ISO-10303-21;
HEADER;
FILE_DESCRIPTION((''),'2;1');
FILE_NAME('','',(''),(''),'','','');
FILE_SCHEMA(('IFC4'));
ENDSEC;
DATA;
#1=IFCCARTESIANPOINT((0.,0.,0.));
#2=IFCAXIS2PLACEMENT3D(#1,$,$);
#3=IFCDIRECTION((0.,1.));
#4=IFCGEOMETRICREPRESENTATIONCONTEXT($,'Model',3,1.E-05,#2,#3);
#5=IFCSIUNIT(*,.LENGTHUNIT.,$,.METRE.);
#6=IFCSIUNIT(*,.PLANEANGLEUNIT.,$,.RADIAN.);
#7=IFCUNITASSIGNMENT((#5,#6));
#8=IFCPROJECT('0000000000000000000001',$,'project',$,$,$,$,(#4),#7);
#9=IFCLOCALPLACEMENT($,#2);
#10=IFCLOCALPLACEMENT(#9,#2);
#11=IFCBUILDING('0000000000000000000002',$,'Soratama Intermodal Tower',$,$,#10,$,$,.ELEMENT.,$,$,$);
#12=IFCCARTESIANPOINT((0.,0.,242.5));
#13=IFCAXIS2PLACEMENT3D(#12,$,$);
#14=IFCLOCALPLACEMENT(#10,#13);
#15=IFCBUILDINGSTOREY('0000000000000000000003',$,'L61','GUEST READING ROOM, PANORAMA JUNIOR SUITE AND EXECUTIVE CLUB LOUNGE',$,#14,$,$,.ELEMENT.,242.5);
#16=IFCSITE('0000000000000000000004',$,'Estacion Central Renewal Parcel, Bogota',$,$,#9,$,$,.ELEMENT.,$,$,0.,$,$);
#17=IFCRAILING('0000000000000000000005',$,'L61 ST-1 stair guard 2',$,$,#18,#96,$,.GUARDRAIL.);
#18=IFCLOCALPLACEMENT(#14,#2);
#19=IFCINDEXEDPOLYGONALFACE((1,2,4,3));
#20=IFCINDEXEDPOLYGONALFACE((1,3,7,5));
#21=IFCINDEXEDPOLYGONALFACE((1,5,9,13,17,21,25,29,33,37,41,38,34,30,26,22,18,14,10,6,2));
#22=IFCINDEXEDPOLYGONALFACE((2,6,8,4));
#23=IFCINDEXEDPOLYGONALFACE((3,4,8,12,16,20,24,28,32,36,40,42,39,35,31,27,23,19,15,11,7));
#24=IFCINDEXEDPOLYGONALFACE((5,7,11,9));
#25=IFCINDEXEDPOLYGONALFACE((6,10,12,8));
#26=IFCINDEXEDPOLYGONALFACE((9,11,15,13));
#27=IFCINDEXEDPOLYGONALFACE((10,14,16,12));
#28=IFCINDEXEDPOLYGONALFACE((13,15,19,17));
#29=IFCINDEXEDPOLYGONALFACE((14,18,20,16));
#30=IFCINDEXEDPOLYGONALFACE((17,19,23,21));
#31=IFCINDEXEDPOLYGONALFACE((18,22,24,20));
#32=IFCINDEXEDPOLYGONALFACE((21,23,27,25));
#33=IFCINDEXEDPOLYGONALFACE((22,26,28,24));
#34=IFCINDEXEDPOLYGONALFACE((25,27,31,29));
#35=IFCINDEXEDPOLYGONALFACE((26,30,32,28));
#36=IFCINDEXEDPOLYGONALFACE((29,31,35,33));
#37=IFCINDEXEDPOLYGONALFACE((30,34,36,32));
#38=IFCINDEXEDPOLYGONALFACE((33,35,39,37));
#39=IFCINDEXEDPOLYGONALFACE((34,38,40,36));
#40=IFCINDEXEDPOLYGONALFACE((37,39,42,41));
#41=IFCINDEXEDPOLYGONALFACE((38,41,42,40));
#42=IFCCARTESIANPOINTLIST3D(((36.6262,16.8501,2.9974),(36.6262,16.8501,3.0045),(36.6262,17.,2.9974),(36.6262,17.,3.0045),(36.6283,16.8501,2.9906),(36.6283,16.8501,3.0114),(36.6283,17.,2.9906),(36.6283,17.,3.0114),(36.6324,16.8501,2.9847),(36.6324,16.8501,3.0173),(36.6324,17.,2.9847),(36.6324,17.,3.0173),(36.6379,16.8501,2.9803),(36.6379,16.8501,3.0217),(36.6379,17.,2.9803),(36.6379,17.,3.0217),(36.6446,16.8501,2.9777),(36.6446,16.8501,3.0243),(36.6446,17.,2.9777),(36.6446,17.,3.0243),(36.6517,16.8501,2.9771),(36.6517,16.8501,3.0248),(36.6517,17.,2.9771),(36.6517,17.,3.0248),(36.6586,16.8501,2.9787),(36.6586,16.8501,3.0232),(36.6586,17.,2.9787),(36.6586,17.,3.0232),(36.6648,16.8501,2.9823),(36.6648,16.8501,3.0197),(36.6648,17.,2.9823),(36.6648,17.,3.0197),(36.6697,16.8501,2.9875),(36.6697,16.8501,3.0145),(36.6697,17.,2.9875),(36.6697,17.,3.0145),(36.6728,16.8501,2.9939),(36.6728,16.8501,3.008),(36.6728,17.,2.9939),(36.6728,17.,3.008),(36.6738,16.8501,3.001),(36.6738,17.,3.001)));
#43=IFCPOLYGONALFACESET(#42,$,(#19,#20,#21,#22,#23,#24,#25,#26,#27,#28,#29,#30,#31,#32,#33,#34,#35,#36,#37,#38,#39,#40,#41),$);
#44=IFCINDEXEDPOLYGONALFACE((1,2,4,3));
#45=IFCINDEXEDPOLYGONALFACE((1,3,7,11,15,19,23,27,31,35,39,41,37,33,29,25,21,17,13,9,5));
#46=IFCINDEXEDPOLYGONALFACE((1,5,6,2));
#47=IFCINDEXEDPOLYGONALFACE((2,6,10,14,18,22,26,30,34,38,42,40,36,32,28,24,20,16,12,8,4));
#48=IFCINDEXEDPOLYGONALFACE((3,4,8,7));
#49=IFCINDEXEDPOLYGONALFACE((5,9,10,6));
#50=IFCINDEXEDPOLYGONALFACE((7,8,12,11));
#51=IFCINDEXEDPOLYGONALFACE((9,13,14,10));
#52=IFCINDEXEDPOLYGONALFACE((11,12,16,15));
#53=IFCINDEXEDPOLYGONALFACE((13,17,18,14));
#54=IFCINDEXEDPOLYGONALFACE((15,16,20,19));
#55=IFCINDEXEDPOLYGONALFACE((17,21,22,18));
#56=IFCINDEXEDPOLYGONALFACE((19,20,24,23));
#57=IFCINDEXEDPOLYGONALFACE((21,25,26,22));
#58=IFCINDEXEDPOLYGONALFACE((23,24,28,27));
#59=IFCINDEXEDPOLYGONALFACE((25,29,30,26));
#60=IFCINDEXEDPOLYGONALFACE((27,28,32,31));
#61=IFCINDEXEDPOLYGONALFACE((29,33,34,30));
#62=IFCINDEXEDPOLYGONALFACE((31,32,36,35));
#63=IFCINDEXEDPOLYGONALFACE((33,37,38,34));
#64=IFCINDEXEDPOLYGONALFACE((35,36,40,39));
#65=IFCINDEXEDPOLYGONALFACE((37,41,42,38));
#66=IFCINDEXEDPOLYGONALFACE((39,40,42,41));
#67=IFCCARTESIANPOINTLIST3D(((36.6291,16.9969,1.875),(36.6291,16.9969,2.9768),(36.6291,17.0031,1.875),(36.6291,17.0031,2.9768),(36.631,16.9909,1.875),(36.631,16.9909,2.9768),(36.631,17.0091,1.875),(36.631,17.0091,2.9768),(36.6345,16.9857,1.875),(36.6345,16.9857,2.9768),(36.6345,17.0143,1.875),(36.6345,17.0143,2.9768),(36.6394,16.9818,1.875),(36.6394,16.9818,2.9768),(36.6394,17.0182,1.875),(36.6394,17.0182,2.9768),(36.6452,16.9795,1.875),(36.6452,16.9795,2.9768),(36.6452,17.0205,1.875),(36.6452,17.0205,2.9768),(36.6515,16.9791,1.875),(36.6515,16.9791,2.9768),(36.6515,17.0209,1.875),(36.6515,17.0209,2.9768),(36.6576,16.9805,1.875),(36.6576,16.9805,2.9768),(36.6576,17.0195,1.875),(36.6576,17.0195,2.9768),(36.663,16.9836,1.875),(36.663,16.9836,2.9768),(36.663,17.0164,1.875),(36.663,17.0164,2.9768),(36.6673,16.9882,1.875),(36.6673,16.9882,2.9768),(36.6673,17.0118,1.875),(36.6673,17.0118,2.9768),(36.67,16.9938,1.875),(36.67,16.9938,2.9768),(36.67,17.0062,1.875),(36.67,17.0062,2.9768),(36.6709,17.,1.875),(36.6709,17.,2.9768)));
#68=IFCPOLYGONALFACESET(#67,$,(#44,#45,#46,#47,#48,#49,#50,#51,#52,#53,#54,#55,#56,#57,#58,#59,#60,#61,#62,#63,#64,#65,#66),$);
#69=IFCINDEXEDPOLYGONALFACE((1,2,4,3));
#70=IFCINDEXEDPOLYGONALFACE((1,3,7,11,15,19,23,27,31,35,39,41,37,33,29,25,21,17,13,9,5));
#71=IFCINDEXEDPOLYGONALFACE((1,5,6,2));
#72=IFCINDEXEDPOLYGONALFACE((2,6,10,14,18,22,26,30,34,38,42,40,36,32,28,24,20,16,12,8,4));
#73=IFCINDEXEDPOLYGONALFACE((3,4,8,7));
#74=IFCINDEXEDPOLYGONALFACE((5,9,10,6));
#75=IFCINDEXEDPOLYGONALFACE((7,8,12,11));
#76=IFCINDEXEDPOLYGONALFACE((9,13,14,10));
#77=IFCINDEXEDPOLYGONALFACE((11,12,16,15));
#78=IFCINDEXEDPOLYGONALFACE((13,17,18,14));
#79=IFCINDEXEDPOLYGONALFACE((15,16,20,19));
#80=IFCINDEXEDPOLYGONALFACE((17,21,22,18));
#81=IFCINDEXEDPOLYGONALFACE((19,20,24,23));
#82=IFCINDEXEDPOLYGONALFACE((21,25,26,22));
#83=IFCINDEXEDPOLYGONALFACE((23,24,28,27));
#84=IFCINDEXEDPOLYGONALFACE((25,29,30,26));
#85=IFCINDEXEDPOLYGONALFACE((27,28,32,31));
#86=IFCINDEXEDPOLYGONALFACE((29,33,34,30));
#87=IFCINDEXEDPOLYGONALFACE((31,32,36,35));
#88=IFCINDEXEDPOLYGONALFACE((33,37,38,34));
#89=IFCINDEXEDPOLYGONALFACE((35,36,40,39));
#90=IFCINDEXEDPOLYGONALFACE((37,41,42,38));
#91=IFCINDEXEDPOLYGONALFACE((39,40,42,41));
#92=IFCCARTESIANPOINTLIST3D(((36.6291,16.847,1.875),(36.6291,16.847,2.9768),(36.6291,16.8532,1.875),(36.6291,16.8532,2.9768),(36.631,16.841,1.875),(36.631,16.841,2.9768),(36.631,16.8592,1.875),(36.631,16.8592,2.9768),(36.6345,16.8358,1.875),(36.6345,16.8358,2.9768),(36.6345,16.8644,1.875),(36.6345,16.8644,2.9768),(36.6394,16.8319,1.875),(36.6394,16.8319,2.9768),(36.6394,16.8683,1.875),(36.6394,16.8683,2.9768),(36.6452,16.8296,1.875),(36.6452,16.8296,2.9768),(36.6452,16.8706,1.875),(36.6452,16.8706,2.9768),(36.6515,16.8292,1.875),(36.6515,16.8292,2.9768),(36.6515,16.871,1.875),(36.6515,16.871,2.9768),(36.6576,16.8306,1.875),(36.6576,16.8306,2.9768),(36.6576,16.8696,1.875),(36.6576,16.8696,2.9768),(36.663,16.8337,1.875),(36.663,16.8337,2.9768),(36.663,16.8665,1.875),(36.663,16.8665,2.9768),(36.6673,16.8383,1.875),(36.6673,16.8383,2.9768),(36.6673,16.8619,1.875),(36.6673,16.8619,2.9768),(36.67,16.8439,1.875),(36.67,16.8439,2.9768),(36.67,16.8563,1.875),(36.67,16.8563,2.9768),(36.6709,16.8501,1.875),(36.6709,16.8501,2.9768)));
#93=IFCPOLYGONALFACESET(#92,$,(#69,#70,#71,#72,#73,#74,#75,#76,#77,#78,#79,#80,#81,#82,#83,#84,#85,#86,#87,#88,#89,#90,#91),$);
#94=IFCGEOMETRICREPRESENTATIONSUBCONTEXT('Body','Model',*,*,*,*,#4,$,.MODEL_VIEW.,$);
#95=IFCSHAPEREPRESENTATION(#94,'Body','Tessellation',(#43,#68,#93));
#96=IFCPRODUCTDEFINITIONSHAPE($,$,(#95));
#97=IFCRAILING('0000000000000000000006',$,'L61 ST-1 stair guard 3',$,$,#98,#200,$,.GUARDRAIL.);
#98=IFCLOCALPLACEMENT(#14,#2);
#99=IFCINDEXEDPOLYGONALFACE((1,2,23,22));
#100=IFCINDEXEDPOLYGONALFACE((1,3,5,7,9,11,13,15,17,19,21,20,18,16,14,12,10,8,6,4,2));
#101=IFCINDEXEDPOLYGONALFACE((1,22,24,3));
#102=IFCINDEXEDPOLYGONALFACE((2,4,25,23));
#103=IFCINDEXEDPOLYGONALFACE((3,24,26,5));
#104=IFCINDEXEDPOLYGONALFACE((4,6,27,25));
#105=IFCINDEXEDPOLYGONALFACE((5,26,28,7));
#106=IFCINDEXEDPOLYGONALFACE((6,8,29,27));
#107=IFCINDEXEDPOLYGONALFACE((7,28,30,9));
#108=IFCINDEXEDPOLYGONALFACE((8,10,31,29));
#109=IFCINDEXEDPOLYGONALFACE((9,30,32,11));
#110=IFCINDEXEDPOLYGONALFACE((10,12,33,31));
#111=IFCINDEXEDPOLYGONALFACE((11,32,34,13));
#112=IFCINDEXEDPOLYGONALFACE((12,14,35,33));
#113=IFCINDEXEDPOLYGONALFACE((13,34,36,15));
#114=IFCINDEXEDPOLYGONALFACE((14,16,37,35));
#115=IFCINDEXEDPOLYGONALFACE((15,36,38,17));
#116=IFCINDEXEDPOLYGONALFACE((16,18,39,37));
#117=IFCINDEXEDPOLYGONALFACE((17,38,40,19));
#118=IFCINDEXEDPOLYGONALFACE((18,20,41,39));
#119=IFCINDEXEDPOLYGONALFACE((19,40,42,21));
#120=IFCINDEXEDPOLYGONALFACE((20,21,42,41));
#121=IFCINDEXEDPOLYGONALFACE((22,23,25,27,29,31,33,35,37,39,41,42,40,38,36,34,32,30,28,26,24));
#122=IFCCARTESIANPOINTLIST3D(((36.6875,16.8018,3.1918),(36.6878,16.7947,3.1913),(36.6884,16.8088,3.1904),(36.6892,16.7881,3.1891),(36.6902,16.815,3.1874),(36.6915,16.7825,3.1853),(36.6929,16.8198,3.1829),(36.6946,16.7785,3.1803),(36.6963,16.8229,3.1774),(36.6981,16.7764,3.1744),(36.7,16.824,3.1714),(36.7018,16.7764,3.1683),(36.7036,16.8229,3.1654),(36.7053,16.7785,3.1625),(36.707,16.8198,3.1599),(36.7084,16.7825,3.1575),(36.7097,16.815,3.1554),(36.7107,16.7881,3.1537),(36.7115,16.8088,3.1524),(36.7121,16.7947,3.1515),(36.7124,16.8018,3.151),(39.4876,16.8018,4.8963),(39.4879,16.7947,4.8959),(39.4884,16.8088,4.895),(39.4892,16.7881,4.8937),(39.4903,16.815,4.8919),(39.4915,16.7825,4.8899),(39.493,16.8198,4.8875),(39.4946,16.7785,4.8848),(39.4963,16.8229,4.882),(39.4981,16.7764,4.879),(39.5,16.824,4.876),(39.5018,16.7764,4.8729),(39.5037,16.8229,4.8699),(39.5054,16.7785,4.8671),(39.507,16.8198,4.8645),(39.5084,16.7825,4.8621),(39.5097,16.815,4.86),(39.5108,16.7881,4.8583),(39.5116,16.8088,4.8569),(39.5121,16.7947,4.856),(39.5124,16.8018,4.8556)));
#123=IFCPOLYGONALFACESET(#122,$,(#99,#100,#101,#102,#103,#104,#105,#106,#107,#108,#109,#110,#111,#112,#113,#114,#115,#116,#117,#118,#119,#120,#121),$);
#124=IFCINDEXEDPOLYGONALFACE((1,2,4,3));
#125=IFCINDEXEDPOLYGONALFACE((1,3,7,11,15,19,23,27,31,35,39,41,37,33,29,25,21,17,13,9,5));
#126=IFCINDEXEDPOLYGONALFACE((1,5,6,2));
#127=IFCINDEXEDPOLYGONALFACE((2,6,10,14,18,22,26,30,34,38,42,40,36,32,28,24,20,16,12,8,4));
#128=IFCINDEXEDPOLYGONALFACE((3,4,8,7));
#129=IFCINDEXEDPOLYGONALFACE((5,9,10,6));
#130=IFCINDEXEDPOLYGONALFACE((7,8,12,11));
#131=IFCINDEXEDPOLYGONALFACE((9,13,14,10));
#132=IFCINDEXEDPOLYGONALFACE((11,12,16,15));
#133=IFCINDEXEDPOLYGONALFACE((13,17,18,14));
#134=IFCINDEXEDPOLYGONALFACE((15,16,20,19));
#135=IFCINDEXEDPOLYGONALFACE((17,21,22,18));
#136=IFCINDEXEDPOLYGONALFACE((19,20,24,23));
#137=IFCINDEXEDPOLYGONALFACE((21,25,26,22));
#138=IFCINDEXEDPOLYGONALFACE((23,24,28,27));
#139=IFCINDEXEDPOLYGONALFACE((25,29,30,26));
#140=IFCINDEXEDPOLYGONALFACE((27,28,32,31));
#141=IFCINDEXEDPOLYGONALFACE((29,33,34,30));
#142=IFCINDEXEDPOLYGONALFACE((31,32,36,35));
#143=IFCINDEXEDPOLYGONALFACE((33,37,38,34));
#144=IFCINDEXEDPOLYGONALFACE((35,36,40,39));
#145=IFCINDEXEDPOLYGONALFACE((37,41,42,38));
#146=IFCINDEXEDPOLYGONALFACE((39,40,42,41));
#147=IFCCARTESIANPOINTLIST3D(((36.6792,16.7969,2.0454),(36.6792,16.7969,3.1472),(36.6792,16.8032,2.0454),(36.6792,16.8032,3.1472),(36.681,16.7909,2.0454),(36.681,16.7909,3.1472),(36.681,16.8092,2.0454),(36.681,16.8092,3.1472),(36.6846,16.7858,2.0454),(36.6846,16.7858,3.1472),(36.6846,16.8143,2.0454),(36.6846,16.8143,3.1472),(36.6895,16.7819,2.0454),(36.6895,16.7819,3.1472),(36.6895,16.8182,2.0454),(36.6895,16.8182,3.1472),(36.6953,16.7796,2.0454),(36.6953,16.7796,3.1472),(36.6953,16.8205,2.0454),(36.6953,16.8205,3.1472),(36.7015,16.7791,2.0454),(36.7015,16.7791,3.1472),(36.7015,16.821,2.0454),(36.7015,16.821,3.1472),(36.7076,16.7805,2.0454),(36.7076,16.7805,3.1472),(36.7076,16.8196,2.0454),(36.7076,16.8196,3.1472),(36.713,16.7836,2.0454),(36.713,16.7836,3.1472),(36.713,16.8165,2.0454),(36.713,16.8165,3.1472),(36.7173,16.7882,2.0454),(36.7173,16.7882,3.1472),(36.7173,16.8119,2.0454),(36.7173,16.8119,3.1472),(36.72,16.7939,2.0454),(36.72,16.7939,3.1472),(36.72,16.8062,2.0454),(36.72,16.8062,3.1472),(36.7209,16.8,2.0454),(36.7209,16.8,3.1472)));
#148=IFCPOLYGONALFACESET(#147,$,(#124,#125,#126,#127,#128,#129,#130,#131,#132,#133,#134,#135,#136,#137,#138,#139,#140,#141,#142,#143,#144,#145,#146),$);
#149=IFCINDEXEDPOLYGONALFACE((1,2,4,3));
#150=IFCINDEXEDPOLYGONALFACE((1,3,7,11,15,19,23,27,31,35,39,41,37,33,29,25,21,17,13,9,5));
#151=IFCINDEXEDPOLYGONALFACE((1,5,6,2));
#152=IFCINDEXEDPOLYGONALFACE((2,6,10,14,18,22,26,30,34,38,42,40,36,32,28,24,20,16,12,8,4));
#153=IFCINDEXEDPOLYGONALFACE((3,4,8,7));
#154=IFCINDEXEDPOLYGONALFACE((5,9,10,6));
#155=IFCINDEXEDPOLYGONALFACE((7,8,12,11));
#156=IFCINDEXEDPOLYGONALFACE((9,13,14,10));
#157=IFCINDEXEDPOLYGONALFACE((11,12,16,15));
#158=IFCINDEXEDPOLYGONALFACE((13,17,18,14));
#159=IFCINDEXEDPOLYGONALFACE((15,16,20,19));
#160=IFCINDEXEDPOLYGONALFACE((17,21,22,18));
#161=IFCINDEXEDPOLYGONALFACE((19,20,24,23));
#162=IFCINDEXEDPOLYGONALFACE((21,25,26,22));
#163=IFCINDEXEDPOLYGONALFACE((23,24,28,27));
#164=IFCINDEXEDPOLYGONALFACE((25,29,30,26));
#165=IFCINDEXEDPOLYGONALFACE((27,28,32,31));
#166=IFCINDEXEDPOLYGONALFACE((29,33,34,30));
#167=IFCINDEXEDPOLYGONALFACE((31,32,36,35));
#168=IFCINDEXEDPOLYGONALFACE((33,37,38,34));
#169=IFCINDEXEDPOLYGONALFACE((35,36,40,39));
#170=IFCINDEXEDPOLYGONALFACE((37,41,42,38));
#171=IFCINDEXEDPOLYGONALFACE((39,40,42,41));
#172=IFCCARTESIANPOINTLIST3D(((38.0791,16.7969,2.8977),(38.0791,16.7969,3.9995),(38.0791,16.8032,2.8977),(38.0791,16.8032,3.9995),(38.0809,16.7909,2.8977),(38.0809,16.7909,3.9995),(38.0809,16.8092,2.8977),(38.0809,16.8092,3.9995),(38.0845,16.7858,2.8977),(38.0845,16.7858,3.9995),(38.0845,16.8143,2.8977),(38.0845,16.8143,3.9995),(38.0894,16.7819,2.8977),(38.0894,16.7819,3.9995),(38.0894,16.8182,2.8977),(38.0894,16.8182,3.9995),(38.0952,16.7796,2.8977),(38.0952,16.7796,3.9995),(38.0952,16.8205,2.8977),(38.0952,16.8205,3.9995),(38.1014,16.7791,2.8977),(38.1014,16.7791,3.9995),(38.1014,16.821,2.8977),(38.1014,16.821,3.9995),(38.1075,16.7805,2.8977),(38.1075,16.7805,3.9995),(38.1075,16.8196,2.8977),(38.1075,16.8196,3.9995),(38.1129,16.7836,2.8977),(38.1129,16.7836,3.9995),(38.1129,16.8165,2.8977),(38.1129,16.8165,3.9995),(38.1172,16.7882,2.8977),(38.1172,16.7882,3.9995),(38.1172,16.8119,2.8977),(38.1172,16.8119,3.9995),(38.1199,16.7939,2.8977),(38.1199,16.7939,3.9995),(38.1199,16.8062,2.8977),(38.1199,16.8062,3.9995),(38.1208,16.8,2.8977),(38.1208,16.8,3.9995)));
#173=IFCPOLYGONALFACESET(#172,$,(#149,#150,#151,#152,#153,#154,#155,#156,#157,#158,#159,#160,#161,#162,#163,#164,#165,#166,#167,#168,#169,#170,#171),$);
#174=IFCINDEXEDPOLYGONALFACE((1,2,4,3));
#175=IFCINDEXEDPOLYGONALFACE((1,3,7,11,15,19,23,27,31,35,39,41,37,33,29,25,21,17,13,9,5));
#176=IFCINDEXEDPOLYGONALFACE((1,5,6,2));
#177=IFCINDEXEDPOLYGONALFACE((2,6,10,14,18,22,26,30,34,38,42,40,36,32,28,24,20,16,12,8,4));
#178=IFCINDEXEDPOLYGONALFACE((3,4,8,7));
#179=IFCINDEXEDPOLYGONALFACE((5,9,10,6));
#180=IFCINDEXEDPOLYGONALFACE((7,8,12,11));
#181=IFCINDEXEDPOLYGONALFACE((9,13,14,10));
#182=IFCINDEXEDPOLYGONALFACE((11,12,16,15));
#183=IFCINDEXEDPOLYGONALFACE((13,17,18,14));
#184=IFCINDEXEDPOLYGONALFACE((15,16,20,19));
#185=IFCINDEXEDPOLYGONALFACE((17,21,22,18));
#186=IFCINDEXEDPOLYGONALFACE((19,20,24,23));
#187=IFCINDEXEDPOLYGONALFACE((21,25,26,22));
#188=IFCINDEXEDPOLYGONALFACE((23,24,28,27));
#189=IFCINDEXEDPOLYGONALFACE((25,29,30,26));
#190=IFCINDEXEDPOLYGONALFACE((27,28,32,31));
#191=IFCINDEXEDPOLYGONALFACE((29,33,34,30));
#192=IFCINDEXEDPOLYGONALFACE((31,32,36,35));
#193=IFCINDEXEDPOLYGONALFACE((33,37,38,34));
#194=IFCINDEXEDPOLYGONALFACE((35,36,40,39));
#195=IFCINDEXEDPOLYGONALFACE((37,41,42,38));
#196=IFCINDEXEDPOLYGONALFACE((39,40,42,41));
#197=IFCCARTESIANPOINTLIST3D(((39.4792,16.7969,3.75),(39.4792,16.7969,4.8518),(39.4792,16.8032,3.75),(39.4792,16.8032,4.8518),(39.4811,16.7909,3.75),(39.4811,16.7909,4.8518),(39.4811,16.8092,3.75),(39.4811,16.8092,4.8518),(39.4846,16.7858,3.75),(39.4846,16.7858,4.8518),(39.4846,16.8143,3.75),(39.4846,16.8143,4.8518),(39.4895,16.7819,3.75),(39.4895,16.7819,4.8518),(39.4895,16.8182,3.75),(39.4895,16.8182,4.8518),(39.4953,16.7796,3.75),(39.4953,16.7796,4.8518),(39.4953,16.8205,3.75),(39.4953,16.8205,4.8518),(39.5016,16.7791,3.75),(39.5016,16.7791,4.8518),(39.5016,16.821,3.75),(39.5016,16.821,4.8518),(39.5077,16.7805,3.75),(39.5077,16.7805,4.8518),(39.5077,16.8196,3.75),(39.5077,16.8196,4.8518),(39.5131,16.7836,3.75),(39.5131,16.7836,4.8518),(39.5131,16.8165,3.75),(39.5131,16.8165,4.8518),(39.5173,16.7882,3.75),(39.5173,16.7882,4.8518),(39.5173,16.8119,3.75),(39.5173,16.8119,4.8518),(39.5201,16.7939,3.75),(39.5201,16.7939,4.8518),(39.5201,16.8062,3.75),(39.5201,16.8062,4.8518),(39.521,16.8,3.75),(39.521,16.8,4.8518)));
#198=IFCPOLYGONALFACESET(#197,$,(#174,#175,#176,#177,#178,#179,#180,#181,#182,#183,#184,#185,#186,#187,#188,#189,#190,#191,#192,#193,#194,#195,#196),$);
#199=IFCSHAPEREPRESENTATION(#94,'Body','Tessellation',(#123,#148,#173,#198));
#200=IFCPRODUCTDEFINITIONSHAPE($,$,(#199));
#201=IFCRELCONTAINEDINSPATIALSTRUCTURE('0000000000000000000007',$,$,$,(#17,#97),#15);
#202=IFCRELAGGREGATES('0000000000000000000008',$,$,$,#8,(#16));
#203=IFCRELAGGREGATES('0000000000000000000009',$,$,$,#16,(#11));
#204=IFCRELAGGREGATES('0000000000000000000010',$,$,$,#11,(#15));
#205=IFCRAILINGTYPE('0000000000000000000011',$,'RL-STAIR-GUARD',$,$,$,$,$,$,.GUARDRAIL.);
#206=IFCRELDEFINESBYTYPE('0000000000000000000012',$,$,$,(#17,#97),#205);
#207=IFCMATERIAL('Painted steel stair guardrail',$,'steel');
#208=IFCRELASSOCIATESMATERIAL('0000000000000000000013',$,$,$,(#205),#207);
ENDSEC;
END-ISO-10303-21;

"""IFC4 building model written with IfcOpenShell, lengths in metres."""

from ifc_helpers import new_model, si_unit, direction, frame, origin, origin_2d, place, context, subcontext, project, spatial, circle, extrude, material, type_object, element, save


model = new_model("IFC4")

# Units and contexts
model_context = context("Model", 3, precision=1e-05, world=origin(), true_north=direction((0.0, 1.0)))
body_context = subcontext(model_context, "Body", "Model", "MODEL_VIEW")
ifc_project = project(units=[si_unit("LENGTHUNIT", "METRE"), si_unit("PLANEANGLEUNIT", "RADIAN")], contexts=[model_context])

# Site, building, storey
site_placement = place(None, origin())
site = spatial("IfcSite", under=ifc_project, at=site_placement, Name="Estacion Central Renewal Parcel, Bogota", CompositionType="ELEMENT", RefElevation=0.0)
building_placement = place(site_placement, origin())
building = spatial("IfcBuilding", under=site, at=building_placement, Name="Soratama Intermodal Tower", CompositionType="ELEMENT")
storey_placement = place(building_placement, frame((0.0, 0.0, 242.5)))
storey = spatial("IfcBuildingStorey", under=building, at=storey_placement, Name="L61", Description="GUEST READING ROOM, PANORAMA JUNIOR SUITE AND EXECUTIVE CLUB LOUNGE", CompositionType="ELEMENT", Elevation=242.5)

# Railings
ifc_material_1 = material(Name="Painted steel stair guardrail", Category="steel")
railing_type_1 = type_object("IfcRailingType", Name="RL-STAIR-GUARD", PredefinedType="GUARDRAIL", material=ifc_material_1)
railing_1_placement = place(storey_placement, frame((36.6499, 17.0, 1.875)))
element("IfcRailing", 1, at=railing_1_placement, inside=storey, type_object=railing_type_1, Name="L61 ST-1 stair guard 2", PredefinedType="GUARDRAIL", context=body_context, shape_type="SweptSolid", body=[
    extrude(circle(Radius=0.0239, at=origin_2d()), frame((0.0, 0.0, 1.126), z_axis=(0.0, -1.0, 0.0), x_axis=(1.0, 0.0, 0.0)), (0.0, 0.0, 1.0), 0.1499),
    extrude(circle(Radius=0.021, at=origin_2d()), origin(), (0.0, 0.0, 1.0), 1.1018),
    extrude(circle(Radius=0.021, at=origin_2d()), frame((0.0, -0.1499, 0.0)), (0.0, 0.0, 1.0), 1.1018),
])
railing_2_placement = place(storey_placement, frame((36.7, 16.8, 2.0454)))
element("IfcRailing", 2, at=railing_2_placement, inside=storey, type_object=railing_type_1, Name="L61 ST-1 stair guard 3", PredefinedType="GUARDRAIL", context=body_context, shape_type="SweptSolid", body=[
    extrude(circle(Radius=0.0239, at=origin_2d()), frame((0.0, 0.0, 1.126), z_axis=(0.85417, 0.0, 0.519994), x_axis=(0.0, 1.0, 0.0)), (0.0, 0.0, 1.0), 3.2781),
    extrude(circle(Radius=0.021, at=origin_2d()), origin(), (0.0, 0.0, 1.0), 1.1018),
    extrude(circle(Radius=0.021, at=origin_2d()), frame((1.3999, 0.0, 0.8523)), (0.0, 0.0, 1.0), 1.1018),
    extrude(circle(Radius=0.021, at=origin_2d()), frame((2.8, 0.0, 1.7046)), (0.0, 0.0, 1.0), 1.1018),
])

save(model, "model.ifc")
